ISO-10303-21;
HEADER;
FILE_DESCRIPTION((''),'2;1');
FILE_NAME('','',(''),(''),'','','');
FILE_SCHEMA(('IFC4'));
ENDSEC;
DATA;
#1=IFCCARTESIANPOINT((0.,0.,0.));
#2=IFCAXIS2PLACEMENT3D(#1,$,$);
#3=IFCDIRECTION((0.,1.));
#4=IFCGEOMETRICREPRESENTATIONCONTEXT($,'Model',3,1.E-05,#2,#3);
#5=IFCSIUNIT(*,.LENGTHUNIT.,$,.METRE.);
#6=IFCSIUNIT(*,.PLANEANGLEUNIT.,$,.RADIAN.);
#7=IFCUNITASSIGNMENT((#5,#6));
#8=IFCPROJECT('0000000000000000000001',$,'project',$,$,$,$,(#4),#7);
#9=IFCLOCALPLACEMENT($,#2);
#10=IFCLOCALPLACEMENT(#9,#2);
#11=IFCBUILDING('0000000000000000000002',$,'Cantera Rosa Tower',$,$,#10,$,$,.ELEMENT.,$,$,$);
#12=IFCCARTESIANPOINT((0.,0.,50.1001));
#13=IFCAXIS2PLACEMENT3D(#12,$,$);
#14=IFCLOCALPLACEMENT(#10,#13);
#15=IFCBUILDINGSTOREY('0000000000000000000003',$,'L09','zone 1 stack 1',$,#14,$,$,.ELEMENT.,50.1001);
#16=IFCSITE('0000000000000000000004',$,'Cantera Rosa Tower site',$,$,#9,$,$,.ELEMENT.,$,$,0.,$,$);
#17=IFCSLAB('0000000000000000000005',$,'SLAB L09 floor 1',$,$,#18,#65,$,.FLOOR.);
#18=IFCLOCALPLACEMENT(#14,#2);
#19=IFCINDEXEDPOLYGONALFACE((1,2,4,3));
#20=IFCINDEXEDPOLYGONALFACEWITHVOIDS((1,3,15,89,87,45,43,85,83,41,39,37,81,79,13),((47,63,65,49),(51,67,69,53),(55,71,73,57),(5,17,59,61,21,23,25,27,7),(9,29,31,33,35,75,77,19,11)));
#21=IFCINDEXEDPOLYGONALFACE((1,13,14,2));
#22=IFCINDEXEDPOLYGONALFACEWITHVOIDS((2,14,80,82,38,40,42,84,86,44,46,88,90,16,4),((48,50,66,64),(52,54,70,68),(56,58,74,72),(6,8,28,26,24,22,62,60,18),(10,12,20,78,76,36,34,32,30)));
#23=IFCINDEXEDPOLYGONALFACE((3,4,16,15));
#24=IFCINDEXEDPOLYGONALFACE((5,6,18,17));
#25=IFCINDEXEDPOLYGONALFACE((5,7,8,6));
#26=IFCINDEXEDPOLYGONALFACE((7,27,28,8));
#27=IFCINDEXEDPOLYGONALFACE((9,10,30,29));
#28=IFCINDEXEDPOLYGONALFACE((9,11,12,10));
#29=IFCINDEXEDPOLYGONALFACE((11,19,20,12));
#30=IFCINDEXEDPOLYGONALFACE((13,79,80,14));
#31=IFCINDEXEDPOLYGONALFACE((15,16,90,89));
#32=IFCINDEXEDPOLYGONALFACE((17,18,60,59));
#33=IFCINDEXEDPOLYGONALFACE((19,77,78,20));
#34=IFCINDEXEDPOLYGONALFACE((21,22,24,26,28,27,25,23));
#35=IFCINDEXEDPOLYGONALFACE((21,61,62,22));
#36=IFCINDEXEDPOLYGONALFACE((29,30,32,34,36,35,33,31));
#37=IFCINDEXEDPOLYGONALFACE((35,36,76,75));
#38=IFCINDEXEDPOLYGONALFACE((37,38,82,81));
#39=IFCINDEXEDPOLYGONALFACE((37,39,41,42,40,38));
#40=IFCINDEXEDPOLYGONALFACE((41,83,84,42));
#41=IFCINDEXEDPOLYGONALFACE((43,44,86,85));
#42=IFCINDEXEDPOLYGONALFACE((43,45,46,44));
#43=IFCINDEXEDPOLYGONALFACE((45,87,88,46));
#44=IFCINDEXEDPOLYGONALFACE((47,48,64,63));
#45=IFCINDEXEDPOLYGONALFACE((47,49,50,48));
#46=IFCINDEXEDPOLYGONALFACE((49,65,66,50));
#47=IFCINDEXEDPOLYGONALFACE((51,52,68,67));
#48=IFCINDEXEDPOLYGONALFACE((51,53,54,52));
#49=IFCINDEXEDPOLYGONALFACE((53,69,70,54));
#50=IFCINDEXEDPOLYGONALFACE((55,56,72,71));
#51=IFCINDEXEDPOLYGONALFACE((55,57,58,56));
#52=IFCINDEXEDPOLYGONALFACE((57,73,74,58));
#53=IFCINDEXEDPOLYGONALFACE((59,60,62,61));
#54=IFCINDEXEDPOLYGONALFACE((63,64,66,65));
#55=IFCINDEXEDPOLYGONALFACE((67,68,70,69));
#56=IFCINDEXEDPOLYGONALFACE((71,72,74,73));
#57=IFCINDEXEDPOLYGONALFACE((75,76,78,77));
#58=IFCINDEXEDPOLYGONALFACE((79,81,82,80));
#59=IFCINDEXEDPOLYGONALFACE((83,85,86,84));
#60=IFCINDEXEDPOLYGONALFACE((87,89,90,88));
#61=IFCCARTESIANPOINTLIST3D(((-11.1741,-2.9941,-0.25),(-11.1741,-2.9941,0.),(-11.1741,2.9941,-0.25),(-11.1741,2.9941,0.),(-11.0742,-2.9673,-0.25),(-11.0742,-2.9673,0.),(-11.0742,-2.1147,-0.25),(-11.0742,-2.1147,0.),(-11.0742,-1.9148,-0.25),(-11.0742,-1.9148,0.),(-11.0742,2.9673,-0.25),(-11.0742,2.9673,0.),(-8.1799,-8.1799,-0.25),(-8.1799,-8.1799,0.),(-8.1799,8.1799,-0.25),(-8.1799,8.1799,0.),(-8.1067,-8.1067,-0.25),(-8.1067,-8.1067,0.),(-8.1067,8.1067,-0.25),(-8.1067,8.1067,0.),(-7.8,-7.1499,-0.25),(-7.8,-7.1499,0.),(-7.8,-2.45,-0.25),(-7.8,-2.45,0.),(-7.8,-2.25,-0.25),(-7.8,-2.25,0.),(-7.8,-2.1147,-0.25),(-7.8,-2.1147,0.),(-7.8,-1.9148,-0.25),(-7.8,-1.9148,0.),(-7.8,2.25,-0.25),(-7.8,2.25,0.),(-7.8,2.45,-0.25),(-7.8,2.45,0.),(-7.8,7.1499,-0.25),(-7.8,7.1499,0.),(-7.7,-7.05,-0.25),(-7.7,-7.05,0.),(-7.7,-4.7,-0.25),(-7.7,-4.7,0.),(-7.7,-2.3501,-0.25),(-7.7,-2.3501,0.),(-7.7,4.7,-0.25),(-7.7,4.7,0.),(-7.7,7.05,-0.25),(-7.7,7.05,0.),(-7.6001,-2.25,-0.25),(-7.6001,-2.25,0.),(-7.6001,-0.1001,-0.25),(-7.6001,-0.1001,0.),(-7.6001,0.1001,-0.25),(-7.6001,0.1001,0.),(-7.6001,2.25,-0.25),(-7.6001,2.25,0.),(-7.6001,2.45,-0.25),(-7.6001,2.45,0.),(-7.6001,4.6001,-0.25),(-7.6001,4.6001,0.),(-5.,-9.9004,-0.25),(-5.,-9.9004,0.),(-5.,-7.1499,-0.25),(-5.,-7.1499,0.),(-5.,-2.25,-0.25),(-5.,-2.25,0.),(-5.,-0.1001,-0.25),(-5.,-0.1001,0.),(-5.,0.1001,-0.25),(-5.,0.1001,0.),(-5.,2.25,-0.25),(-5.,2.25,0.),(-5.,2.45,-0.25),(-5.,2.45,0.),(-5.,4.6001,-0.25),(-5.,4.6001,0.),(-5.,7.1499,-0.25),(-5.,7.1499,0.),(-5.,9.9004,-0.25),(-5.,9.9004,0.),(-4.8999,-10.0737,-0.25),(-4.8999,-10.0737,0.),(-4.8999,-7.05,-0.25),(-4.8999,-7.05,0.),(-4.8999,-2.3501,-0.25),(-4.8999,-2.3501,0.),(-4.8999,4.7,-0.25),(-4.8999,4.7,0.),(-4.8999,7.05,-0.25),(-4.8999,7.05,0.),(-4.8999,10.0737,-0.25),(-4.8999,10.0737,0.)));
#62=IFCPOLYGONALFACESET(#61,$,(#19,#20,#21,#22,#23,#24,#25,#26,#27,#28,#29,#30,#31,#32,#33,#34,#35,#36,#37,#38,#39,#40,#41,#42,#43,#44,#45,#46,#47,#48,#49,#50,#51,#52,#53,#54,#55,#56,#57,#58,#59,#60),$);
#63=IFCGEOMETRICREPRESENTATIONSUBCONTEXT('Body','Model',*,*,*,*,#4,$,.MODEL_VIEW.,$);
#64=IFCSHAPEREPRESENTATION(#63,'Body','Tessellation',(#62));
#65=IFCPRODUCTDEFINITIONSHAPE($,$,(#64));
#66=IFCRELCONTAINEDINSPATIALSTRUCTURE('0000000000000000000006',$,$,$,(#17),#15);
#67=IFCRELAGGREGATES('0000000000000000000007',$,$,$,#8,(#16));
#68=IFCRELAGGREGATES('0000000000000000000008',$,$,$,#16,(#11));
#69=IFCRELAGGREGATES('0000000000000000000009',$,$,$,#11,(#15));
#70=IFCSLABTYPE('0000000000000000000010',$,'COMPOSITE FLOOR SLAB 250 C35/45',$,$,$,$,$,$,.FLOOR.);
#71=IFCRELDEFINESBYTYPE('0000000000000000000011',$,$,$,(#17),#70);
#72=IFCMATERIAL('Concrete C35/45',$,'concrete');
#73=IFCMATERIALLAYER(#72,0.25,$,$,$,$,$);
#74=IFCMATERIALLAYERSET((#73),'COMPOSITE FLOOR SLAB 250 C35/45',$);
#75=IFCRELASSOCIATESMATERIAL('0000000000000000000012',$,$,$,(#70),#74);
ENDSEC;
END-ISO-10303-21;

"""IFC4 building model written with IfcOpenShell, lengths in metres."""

from ifc_helpers import new_model, si_unit, direction, frame, origin, place, context, subcontext, project, spatial, polyline, outline, extrude, material, layer, layer_set, type_object, element, save


model = new_model("IFC4")

# Units and contexts
model_context = context("Model", 3, precision=1e-05, world=origin(), true_north=direction((0.0, 1.0)))
body_context = subcontext(model_context, "Body", "Model", "MODEL_VIEW")
ifc_project = project(units=[si_unit("LENGTHUNIT", "METRE"), si_unit("PLANEANGLEUNIT", "RADIAN")], contexts=[model_context])

# Site, building, storey
site_placement = place(None, origin())
site = spatial("IfcSite", under=ifc_project, at=site_placement, Name="Cantera Rosa Tower site", CompositionType="ELEMENT", RefElevation=0.0)
building_placement = place(site_placement, origin())
building = spatial("IfcBuilding", under=site, at=building_placement, Name="Cantera Rosa Tower", CompositionType="ELEMENT")
storey_placement = place(building_placement, frame((0.0, 0.0, 50.1001)))
storey = spatial("IfcBuildingStorey", under=building, at=storey_placement, Name="L09", Description="zone 1 stack 1", CompositionType="ELEMENT", Elevation=50.1001)

# Slab
ifc_material_1 = material(Name="Concrete C35/45", Category="concrete")
ifc_layer_1 = layer(ifc_material_1, 0.25)
ifc_layer_set_1 = layer_set([ifc_layer_1], Name="COMPOSITE FLOOR SLAB 250 C35/45")
slab_type_1 = type_object("IfcSlabType", Name="COMPOSITE FLOOR SLAB 250 C35/45", PredefinedType="FLOOR", material=ifc_layer_set_1)
slab_1_placement = place(storey_placement, frame((0.0, 0.0, -0.25)))
element("IfcSlab", 1, at=slab_1_placement, inside=storey, type_object=slab_type_1, Name="SLAB L09 floor 1", PredefinedType="FLOOR", context=body_context, shape_type="SweptSolid", body=[
    extrude(outline(polyline([(-7.7, -7.05), (-4.8999, -7.05), (-4.8999, -10.0737), (-8.1799, -8.1799), (-11.1741, -2.9941), (-11.1741, 2.9941), (-8.1799, 8.1799), (-4.8999, 10.0737), (-4.8999, 7.05), (-7.7, 7.05), (-7.7, 4.7), (-4.8999, 4.7), (-4.8999, -2.3501), (-7.7, -2.3501), (-7.7, -4.7), (-7.7, -7.05)]), holes=[polyline([(-5.0, -9.9004), (-5.0, -7.1499), (-7.8, -7.1499), (-7.8, -2.45), (-7.8, -2.25), (-7.8, -2.1147), (-11.0742, -2.1147), (-11.0742, -2.9673), (-8.1067, -8.1067), (-5.0, -9.9004)]), polyline([(-7.6001, -0.1001), (-7.6001, -2.25), (-5.0, -2.25), (-5.0, -0.1001), (-7.6001, -0.1001)]), polyline([(-7.6001, 2.25), (-7.6001, 0.1001), (-5.0, 0.1001), (-5.0, 2.25), (-7.6001, 2.25)]), polyline([(-7.6001, 4.6001), (-7.6001, 2.45), (-5.0, 2.45), (-5.0, 4.6001), (-7.6001, 4.6001)]), polyline([(-11.0742, 2.9673), (-11.0742, -1.9148), (-7.8, -1.9148), (-7.8, 2.25), (-7.8, 2.45), (-7.8, 7.1499), (-5.0, 7.1499), (-5.0, 9.9004), (-8.1067, 8.1067), (-11.0742, 2.9673)])]), origin(), (0.0, 0.0, 1.0), 0.25),
])

save(model, "model.ifc")
